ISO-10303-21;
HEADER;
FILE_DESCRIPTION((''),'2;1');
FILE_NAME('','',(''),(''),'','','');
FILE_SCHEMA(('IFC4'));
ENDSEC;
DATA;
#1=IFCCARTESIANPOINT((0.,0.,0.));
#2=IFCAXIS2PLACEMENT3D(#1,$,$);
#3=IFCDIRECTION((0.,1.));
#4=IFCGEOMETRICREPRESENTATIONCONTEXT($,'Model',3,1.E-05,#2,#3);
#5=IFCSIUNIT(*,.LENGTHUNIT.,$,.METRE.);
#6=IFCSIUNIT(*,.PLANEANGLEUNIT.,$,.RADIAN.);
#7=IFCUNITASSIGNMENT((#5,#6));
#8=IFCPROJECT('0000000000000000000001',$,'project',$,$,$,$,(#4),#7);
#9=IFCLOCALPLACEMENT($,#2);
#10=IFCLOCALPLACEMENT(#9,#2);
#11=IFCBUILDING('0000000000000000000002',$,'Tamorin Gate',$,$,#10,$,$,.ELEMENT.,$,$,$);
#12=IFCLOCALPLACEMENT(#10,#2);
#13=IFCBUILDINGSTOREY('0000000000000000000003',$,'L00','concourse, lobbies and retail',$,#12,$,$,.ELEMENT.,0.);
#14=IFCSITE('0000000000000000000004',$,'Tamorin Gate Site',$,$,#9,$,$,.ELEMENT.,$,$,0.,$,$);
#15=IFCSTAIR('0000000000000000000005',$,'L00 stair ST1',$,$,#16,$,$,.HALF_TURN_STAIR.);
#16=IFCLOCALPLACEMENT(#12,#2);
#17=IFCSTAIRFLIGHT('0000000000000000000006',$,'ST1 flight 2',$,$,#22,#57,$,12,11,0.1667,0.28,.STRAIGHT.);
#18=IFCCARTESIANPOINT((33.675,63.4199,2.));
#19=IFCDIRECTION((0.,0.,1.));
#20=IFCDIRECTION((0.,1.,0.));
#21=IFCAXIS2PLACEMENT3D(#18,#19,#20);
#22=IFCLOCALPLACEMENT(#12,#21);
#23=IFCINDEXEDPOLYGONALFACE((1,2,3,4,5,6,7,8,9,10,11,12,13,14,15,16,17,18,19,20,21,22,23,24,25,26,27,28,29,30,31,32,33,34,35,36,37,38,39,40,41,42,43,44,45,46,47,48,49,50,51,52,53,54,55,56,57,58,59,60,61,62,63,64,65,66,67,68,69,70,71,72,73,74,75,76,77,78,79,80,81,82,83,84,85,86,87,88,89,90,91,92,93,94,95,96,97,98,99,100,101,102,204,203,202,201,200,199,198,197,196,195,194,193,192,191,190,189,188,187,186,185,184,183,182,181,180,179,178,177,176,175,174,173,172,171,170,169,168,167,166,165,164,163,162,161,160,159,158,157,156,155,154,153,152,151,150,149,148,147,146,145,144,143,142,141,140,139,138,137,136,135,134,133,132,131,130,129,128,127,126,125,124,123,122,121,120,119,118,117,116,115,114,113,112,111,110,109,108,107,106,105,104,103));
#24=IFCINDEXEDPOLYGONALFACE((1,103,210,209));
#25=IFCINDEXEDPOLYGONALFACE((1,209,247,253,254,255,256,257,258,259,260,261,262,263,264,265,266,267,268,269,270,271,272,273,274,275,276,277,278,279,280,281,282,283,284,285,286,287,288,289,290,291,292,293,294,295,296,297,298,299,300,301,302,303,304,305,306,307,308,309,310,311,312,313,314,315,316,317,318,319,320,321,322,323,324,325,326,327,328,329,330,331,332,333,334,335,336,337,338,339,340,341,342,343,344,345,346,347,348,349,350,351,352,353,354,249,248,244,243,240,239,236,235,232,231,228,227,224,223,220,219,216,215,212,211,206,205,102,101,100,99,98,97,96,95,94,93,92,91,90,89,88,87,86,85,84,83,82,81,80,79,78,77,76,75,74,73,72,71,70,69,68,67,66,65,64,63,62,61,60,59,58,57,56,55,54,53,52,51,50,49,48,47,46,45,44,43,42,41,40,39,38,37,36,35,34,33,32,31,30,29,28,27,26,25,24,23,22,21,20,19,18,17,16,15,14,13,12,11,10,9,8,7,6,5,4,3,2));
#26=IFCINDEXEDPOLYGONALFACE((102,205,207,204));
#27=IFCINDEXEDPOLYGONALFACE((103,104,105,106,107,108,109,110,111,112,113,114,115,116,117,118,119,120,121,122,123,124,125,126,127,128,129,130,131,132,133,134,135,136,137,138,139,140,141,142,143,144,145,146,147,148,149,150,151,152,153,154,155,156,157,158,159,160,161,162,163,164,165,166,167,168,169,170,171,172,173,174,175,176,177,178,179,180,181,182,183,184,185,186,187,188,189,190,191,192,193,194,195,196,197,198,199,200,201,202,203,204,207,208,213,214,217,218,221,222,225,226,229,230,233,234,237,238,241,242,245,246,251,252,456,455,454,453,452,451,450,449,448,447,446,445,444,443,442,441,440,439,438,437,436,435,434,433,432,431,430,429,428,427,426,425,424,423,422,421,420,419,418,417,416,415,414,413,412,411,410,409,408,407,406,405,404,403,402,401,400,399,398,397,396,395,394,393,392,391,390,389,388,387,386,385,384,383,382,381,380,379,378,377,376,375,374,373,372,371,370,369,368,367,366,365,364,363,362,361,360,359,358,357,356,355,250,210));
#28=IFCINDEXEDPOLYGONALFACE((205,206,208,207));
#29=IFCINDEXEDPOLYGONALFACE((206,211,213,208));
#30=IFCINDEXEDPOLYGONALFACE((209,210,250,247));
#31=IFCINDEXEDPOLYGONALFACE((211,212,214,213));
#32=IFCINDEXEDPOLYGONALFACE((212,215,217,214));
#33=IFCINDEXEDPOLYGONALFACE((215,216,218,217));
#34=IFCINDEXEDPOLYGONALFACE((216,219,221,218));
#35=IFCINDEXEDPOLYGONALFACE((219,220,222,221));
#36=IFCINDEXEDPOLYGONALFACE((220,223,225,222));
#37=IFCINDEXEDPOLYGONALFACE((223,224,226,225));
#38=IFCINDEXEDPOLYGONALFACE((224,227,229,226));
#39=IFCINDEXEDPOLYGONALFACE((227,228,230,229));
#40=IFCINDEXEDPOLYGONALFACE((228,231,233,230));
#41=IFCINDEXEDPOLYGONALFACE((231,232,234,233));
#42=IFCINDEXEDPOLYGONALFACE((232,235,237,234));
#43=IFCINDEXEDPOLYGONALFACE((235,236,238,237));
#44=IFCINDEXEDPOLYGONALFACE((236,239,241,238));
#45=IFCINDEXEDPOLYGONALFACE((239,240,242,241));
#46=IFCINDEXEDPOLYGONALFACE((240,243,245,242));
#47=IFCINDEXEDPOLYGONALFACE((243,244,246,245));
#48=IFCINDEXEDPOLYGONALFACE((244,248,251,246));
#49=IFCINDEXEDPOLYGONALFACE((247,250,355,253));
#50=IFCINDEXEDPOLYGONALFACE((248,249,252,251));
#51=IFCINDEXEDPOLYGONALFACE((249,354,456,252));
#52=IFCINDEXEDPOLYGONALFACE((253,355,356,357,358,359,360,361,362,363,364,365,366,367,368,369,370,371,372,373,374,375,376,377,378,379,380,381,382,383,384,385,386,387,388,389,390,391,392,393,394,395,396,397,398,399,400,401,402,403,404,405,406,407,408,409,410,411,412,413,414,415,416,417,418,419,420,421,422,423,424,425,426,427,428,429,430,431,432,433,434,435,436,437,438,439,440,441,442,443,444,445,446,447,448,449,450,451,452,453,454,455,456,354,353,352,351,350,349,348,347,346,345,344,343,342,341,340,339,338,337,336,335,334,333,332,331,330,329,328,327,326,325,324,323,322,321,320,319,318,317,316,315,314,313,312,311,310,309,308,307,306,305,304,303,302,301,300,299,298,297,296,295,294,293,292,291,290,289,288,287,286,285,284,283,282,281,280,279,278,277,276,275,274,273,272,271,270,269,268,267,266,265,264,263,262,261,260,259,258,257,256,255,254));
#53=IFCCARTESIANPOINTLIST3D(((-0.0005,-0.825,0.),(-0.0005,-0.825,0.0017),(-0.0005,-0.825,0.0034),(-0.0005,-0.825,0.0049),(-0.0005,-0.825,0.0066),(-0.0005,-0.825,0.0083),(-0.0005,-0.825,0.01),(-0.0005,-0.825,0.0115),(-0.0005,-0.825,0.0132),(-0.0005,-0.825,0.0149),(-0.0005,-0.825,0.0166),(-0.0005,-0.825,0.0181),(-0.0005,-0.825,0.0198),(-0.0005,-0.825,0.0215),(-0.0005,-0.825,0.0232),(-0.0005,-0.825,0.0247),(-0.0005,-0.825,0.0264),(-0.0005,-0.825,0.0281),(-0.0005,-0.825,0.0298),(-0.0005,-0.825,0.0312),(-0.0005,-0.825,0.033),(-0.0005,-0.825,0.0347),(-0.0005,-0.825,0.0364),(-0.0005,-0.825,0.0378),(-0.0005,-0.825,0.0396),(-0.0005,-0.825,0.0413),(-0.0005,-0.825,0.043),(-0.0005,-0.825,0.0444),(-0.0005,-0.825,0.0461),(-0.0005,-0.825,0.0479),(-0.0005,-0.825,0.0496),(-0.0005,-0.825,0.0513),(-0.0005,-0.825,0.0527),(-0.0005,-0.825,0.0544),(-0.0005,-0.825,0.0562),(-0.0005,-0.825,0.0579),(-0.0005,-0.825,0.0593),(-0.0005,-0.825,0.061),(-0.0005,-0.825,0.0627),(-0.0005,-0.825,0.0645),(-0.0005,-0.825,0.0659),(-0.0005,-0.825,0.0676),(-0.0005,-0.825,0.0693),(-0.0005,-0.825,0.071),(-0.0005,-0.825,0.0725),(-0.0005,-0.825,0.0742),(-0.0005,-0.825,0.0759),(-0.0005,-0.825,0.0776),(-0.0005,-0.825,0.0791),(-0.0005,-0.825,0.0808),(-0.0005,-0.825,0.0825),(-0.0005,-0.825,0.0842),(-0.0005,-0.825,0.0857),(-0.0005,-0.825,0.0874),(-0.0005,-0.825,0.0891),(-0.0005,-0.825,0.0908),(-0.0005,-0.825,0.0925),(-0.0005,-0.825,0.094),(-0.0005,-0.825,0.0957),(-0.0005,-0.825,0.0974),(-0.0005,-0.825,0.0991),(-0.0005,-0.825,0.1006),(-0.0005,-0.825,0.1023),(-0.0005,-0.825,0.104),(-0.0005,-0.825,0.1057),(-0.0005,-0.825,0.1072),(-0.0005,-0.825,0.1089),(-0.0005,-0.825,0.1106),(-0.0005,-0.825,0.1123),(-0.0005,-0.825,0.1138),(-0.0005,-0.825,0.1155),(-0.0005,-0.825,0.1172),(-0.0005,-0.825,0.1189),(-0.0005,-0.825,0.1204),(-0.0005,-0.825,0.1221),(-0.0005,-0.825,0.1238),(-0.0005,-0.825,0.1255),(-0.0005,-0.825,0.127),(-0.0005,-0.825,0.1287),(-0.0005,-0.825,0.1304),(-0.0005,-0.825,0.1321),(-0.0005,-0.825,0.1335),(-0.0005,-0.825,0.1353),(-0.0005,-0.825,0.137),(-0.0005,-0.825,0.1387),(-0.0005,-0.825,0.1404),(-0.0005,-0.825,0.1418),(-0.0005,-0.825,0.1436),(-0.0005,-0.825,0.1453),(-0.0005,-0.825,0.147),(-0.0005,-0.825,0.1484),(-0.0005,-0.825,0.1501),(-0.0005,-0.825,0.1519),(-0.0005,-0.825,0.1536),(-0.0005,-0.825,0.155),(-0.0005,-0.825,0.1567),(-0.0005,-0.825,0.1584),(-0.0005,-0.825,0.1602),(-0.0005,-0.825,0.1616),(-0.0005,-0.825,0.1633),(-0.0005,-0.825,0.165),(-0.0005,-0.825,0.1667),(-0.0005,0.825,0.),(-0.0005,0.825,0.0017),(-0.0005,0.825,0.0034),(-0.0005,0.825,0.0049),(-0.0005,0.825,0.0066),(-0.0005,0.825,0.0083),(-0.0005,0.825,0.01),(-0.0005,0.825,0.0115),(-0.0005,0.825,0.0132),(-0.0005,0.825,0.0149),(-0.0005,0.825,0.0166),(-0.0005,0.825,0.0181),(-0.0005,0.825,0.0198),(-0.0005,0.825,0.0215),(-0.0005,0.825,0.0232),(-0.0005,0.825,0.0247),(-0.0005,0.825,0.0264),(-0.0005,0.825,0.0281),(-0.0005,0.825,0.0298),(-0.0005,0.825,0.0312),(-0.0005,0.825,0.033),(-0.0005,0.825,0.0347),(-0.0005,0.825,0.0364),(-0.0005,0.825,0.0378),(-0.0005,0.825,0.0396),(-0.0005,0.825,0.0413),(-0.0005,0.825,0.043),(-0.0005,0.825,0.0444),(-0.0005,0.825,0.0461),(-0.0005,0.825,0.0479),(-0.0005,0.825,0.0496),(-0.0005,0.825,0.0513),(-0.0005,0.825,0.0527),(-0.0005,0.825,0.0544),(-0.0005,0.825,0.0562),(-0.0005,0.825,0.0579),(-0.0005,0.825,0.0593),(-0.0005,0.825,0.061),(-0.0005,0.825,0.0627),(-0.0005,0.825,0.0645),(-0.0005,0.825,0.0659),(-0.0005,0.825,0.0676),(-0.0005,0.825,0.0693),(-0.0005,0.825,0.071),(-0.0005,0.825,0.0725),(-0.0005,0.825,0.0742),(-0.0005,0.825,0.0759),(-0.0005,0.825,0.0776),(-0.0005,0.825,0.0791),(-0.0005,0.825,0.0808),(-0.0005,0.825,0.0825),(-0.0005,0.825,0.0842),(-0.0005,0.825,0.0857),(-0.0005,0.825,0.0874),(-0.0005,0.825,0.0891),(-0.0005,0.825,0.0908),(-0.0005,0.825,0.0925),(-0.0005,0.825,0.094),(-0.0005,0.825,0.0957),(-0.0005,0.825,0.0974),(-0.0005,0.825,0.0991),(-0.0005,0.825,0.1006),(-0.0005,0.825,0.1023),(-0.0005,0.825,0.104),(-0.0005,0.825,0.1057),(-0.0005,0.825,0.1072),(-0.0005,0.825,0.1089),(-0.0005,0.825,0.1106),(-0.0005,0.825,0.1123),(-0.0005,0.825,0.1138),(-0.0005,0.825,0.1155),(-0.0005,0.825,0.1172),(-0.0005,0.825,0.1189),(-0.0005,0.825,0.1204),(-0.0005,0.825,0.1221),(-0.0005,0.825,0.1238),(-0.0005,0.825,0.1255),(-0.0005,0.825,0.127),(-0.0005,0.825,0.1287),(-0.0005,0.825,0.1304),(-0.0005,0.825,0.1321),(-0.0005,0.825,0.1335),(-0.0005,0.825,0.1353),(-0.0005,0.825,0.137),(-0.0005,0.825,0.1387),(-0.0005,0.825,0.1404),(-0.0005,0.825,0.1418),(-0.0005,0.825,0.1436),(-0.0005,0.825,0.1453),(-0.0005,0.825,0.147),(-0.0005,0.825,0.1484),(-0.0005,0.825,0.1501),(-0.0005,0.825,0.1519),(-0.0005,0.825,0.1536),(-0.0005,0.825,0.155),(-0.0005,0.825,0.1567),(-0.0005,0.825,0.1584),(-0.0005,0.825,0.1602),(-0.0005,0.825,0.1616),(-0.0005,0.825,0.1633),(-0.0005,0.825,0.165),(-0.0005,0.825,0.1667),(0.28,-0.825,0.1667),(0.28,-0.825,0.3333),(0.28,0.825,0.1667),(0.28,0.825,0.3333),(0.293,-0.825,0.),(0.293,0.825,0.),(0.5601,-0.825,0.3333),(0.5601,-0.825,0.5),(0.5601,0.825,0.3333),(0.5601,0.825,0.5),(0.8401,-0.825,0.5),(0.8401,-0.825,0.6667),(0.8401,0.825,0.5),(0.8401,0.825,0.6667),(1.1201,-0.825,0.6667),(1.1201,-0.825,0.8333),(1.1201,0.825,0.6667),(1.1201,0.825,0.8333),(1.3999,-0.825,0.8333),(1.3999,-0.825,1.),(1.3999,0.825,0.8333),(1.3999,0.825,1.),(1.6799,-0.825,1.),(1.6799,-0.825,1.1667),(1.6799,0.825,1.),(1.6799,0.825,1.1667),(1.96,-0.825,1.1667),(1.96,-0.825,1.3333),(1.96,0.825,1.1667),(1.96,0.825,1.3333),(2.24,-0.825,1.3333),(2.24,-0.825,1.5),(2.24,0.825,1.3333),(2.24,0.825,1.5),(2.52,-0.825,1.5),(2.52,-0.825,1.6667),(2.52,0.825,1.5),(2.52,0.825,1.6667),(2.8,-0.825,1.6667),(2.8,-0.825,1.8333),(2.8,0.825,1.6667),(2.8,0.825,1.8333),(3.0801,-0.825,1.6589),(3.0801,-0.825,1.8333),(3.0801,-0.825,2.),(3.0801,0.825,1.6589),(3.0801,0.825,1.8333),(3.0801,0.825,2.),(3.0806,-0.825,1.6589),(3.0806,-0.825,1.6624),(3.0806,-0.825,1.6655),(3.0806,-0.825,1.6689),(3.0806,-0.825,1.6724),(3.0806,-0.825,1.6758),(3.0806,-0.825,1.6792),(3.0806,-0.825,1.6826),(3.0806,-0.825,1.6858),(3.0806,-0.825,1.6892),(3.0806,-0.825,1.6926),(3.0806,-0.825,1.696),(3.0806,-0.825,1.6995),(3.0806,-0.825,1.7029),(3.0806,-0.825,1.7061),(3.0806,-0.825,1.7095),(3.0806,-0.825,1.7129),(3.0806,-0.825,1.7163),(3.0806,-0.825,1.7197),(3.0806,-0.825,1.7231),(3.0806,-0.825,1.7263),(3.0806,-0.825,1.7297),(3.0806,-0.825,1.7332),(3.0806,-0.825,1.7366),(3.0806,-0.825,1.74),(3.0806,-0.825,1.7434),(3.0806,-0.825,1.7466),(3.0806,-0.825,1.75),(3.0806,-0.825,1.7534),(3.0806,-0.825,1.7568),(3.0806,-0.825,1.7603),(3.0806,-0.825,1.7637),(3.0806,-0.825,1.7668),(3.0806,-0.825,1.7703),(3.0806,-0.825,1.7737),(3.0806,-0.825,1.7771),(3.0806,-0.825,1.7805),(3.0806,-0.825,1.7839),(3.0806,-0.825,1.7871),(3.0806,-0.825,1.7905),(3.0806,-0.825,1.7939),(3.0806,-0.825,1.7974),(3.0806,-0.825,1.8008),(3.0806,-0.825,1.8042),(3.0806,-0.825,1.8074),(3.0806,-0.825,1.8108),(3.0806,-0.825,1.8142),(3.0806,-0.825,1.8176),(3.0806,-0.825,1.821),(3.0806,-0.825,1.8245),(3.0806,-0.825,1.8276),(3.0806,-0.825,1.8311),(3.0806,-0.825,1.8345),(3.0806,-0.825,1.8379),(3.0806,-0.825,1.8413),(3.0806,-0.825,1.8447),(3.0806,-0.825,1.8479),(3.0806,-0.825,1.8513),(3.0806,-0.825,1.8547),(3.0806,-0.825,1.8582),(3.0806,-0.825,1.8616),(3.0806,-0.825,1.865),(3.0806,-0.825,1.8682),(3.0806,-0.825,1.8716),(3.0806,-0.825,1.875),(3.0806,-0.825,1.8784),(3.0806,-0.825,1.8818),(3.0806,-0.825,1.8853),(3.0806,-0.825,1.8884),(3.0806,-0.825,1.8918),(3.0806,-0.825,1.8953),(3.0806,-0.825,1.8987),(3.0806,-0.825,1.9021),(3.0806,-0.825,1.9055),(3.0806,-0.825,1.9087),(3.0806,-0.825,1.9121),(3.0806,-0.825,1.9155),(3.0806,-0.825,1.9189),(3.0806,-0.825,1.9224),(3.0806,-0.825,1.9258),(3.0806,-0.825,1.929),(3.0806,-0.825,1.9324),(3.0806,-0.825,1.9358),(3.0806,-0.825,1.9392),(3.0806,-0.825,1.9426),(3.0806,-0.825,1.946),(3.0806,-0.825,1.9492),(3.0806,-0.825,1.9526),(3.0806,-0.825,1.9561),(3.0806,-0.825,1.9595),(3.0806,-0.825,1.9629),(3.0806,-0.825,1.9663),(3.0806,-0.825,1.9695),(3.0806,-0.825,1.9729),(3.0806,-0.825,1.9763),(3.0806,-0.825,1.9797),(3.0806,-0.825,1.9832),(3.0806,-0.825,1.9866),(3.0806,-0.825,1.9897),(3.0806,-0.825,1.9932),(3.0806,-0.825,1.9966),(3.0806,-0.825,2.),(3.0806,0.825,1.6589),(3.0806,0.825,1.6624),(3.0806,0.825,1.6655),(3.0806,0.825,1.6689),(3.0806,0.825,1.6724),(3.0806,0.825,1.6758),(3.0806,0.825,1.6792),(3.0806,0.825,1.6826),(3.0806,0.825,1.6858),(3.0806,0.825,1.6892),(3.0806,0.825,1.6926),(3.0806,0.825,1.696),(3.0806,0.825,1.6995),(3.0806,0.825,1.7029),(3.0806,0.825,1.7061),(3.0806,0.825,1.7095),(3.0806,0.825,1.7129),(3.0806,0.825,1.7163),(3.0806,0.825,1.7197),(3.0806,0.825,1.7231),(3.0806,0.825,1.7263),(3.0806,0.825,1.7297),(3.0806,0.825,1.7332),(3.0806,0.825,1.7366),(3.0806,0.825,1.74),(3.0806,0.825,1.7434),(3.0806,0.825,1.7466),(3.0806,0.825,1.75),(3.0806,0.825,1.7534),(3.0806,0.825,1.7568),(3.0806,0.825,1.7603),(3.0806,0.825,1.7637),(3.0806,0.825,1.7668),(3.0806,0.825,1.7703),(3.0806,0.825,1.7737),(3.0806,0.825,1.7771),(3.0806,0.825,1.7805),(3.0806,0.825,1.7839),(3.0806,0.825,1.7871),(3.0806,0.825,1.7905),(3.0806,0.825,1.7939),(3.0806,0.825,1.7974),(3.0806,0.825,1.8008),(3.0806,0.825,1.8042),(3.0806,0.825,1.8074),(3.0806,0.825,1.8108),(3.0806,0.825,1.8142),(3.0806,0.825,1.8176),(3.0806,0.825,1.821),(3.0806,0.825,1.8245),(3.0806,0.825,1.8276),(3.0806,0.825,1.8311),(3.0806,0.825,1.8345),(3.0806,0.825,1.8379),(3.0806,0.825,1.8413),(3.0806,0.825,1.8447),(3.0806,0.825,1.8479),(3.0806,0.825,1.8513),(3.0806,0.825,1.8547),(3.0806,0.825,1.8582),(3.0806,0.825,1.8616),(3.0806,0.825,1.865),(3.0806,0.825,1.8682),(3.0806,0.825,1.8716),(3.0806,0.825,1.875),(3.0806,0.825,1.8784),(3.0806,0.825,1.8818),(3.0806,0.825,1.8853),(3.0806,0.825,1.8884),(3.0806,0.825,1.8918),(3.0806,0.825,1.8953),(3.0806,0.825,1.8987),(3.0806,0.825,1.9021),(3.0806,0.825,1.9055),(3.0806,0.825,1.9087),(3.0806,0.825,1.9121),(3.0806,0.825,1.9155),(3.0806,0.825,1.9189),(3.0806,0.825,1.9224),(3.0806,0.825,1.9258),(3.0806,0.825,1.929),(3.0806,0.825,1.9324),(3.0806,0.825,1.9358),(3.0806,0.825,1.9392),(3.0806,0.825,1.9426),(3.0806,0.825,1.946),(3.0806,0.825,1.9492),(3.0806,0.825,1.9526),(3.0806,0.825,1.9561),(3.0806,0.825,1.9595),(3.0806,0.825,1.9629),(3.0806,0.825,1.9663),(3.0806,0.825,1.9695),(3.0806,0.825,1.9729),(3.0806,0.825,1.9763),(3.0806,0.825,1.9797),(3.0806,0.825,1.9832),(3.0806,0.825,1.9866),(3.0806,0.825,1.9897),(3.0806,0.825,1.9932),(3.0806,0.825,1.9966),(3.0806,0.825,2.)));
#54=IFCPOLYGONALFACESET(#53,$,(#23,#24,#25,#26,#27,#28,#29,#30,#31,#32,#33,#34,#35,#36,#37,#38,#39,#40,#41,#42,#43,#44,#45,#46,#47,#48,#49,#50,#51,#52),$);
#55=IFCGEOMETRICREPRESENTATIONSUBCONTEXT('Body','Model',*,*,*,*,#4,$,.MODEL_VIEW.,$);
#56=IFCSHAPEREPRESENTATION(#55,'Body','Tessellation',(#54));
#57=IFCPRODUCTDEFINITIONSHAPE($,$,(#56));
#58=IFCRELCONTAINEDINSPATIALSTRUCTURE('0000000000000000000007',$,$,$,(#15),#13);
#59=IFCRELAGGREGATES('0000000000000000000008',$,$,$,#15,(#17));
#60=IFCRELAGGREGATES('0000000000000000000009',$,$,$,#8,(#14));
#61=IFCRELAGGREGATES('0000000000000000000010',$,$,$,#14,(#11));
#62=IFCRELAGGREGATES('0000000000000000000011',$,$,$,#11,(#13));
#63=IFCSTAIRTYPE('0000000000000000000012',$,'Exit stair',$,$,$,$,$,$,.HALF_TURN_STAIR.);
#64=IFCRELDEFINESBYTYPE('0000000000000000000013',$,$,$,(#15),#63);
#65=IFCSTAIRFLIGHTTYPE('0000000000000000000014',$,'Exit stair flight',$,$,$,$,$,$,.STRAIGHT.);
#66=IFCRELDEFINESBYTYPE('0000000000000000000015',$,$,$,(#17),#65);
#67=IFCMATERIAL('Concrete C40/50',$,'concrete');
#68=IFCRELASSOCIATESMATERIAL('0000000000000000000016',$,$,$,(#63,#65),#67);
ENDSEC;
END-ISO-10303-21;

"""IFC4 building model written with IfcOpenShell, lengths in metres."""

from ifc_helpers import new_model, si_unit, direction, frame, origin, place, context, subcontext, project, spatial, polyline, outline, extrude, material, type_object, element, aggregate, save


model = new_model("IFC4")

# Units and contexts
model_context = context("Model", 3, precision=1e-05, world=origin(), true_north=direction((0.0, 1.0)))
body_context = subcontext(model_context, "Body", "Model", "MODEL_VIEW")
ifc_project = project(units=[si_unit("LENGTHUNIT", "METRE"), si_unit("PLANEANGLEUNIT", "RADIAN")], contexts=[model_context])

# Site, building, storey
site_placement = place(None, origin())
site = spatial("IfcSite", under=ifc_project, at=site_placement, Name="Tamorin Gate Site", CompositionType="ELEMENT", RefElevation=0.0)
building_placement = place(site_placement, origin())
building = spatial("IfcBuilding", under=site, at=building_placement, Name="Tamorin Gate", CompositionType="ELEMENT")
storey_placement = place(building_placement, origin())
storey = spatial("IfcBuildingStorey", under=building, at=storey_placement, Name="L00", Description="concourse, lobbies and retail", CompositionType="ELEMENT", Elevation=0.0)

# Shared definitions
ifc_material_1 = material(Name="Concrete C40/50", Category="concrete")

# Stair, stair flight
stair_type = type_object("IfcStairType", Name="Exit stair", PredefinedType="HALF_TURN_STAIR", material=ifc_material_1)
stair_placement = place(storey_placement, origin())
stair = element("IfcStair", 1, at=stair_placement, inside=storey, type_object=stair_type, Name="L00 stair ST1", PredefinedType="HALF_TURN_STAIR")
stair_flight_type = type_object("IfcStairFlightType", Name="Exit stair flight", PredefinedType="STRAIGHT", material=ifc_material_1)
stair_flight_1_placement = place(storey_placement, frame((33.675, 63.4199, 2.0), z_axis=(0.0, 0.0, 1.0), x_axis=(0.0, 1.0, 0.0)))
stair_flight_1 = element("IfcStairFlight", 2, at=stair_flight_1_placement, type_object=stair_flight_type, Name="ST1 flight 2", NumberOfRisers=12, NumberOfTreads=11, PredefinedType="STRAIGHT", RiserHeight=0.1667, TreadLength=0.28, context=body_context, shape_type="SweptSolid", body=[
    extrude(outline(polyline([(-0.0005, 0.0), (-0.0005, 0.0017), (-0.0005, 0.0034), (-0.0005, 0.0049), (-0.0005, 0.0066), (-0.0005, 0.0083), (-0.0005, 0.01), (-0.0005, 0.0115), (-0.0005, 0.0132), (-0.0005, 0.0149), (-0.0005, 0.0166), (-0.0005, 0.0181), (-0.0005, 0.0198), (-0.0005, 0.0215), (-0.0005, 0.0232), (-0.0005, 0.0247), (-0.0005, 0.0264), (-0.0005, 0.0281), (-0.0005, 0.0298), (-0.0005, 0.0312), (-0.0005, 0.033), (-0.0005, 0.0347), (-0.0005, 0.0364), (-0.0005, 0.0378), (-0.0005, 0.0396), (-0.0005, 0.0413), (-0.0005, 0.043), (-0.0005, 0.0444), (-0.0005, 0.0461), (-0.0005, 0.0479), (-0.0005, 0.0496), (-0.0005, 0.0513), (-0.0005, 0.0527), (-0.0005, 0.0544), (-0.0005, 0.0562), (-0.0005, 0.0579), (-0.0005, 0.0593), (-0.0005, 0.061), (-0.0005, 0.0627), (-0.0005, 0.0645), (-0.0005, 0.0659), (-0.0005, 0.0676), (-0.0005, 0.0693), (-0.0005, 0.071), (-0.0005, 0.0725), (-0.0005, 0.0742), (-0.0005, 0.0759), (-0.0005, 0.0776), (-0.0005, 0.0791), (-0.0005, 0.0808), (-0.0005, 0.0825), (-0.0005, 0.0842), (-0.0005, 0.0857), (-0.0005, 0.0874), (-0.0005, 0.0891), (-0.0005, 0.0908), (-0.0005, 0.0925), (-0.0005, 0.094), (-0.0005, 0.0957), (-0.0005, 0.0974), (-0.0005, 0.0991), (-0.0005, 0.1006), (-0.0005, 0.1023), (-0.0005, 0.104), (-0.0005, 0.1057), (-0.0005, 0.1072), (-0.0005, 0.1089), (-0.0005, 0.1106), (-0.0005, 0.1123), (-0.0005, 0.1138), (-0.0005, 0.1155), (-0.0005, 0.1172), (-0.0005, 0.1189), (-0.0005, 0.1204), (-0.0005, 0.1221), (-0.0005, 0.1238), (-0.0005, 0.1255), (-0.0005, 0.127), (-0.0005, 0.1287), (-0.0005, 0.1304), (-0.0005, 0.1321), (-0.0005, 0.1335), (-0.0005, 0.1353), (-0.0005, 0.137), (-0.0005, 0.1387), (-0.0005, 0.1404), (-0.0005, 0.1418), (-0.0005, 0.1436), (-0.0005, 0.1453), (-0.0005, 0.147), (-0.0005, 0.1484), (-0.0005, 0.1501), (-0.0005, 0.1519), (-0.0005, 0.1536), (-0.0005, 0.155), (-0.0005, 0.1567), (-0.0005, 0.1584), (-0.0005, 0.1602), (-0.0005, 0.1616), (-0.0005, 0.1633), (-0.0005, 0.165), (-0.0005, 0.1667), (0.28, 0.1667), (0.28, 0.3333), (0.5601, 0.3333), (0.5601, 0.5), (0.8401, 0.5), (0.8401, 0.6667), (1.1201, 0.6667), (1.1201, 0.8333), (1.3999, 0.8333), (1.3999, 1.0), (1.6799, 1.0), (1.6799, 1.1667), (1.96, 1.1667), (1.96, 1.3333), (2.24, 1.3333), (2.24, 1.5), (2.52, 1.5), (2.52, 1.6667), (2.8, 1.6667), (2.8, 1.8333), (3.0801, 1.8333), (3.0801, 2.0), (3.0806, 2.0), (3.0806, 1.9966), (3.0806, 1.9932), (3.0806, 1.9897), (3.0806, 1.9866), (3.0806, 1.9832), (3.0806, 1.9797), (3.0806, 1.9763), (3.0806, 1.9729), (3.0806, 1.9695), (3.0806, 1.9663), (3.0806, 1.9629), (3.0806, 1.9595), (3.0806, 1.9561), (3.0806, 1.9526), (3.0806, 1.9492), (3.0806, 1.946), (3.0806, 1.9426), (3.0806, 1.9392), (3.0806, 1.9358), (3.0806, 1.9324), (3.0806, 1.929), (3.0806, 1.9258), (3.0806, 1.9224), (3.0806, 1.9189), (3.0806, 1.9155), (3.0806, 1.9121), (3.0806, 1.9087), (3.0806, 1.9055), (3.0806, 1.9021), (3.0806, 1.8987), (3.0806, 1.8953), (3.0806, 1.8918), (3.0806, 1.8884), (3.0806, 1.8853), (3.0806, 1.8818), (3.0806, 1.8784), (3.0806, 1.875), (3.0806, 1.8716), (3.0806, 1.8682), (3.0806, 1.865), (3.0806, 1.8616), (3.0806, 1.8582), (3.0806, 1.8547), (3.0806, 1.8513), (3.0806, 1.8479), (3.0806, 1.8447), (3.0806, 1.8413), (3.0806, 1.8379), (3.0806, 1.8345), (3.0806, 1.8311), (3.0806, 1.8276), (3.0806, 1.8245), (3.0806, 1.821), (3.0806, 1.8176), (3.0806, 1.8142), (3.0806, 1.8108), (3.0806, 1.8074), (3.0806, 1.8042), (3.0806, 1.8008), (3.0806, 1.7974), (3.0806, 1.7939), (3.0806, 1.7905), (3.0806, 1.7871), (3.0806, 1.7839), (3.0806, 1.7805), (3.0806, 1.7771), (3.0806, 1.7737), (3.0806, 1.7703), (3.0806, 1.7668), (3.0806, 1.7637), (3.0806, 1.7603), (3.0806, 1.7568), (3.0806, 1.7534), (3.0806, 1.75), (3.0806, 1.7466), (3.0806, 1.7434), (3.0806, 1.74), (3.0806, 1.7366), (3.0806, 1.7332), (3.0806, 1.7297), (3.0806, 1.7263), (3.0806, 1.7231), (3.0806, 1.7197), (3.0806, 1.7163), (3.0806, 1.7129), (3.0806, 1.7095), (3.0806, 1.7061), (3.0806, 1.7029), (3.0806, 1.6995), (3.0806, 1.696), (3.0806, 1.6926), (3.0806, 1.6892), (3.0806, 1.6858), (3.0806, 1.6826), (3.0806, 1.6792), (3.0806, 1.6758), (3.0806, 1.6724), (3.0806, 1.6689), (3.0806, 1.6655), (3.0806, 1.6624), (3.0806, 1.6589), (3.0801, 1.6589), (0.293, 0.0), (-0.0005, 0.0)])), frame((0.0, 0.825, 0.0), z_axis=(0.0, -1.0, 0.0), x_axis=(1.0, 0.0, 0.0)), (0.0, 0.0, 1.0), 1.6499),
])
aggregate(stair, [stair_flight_1])

save(model, "model.ifc")
